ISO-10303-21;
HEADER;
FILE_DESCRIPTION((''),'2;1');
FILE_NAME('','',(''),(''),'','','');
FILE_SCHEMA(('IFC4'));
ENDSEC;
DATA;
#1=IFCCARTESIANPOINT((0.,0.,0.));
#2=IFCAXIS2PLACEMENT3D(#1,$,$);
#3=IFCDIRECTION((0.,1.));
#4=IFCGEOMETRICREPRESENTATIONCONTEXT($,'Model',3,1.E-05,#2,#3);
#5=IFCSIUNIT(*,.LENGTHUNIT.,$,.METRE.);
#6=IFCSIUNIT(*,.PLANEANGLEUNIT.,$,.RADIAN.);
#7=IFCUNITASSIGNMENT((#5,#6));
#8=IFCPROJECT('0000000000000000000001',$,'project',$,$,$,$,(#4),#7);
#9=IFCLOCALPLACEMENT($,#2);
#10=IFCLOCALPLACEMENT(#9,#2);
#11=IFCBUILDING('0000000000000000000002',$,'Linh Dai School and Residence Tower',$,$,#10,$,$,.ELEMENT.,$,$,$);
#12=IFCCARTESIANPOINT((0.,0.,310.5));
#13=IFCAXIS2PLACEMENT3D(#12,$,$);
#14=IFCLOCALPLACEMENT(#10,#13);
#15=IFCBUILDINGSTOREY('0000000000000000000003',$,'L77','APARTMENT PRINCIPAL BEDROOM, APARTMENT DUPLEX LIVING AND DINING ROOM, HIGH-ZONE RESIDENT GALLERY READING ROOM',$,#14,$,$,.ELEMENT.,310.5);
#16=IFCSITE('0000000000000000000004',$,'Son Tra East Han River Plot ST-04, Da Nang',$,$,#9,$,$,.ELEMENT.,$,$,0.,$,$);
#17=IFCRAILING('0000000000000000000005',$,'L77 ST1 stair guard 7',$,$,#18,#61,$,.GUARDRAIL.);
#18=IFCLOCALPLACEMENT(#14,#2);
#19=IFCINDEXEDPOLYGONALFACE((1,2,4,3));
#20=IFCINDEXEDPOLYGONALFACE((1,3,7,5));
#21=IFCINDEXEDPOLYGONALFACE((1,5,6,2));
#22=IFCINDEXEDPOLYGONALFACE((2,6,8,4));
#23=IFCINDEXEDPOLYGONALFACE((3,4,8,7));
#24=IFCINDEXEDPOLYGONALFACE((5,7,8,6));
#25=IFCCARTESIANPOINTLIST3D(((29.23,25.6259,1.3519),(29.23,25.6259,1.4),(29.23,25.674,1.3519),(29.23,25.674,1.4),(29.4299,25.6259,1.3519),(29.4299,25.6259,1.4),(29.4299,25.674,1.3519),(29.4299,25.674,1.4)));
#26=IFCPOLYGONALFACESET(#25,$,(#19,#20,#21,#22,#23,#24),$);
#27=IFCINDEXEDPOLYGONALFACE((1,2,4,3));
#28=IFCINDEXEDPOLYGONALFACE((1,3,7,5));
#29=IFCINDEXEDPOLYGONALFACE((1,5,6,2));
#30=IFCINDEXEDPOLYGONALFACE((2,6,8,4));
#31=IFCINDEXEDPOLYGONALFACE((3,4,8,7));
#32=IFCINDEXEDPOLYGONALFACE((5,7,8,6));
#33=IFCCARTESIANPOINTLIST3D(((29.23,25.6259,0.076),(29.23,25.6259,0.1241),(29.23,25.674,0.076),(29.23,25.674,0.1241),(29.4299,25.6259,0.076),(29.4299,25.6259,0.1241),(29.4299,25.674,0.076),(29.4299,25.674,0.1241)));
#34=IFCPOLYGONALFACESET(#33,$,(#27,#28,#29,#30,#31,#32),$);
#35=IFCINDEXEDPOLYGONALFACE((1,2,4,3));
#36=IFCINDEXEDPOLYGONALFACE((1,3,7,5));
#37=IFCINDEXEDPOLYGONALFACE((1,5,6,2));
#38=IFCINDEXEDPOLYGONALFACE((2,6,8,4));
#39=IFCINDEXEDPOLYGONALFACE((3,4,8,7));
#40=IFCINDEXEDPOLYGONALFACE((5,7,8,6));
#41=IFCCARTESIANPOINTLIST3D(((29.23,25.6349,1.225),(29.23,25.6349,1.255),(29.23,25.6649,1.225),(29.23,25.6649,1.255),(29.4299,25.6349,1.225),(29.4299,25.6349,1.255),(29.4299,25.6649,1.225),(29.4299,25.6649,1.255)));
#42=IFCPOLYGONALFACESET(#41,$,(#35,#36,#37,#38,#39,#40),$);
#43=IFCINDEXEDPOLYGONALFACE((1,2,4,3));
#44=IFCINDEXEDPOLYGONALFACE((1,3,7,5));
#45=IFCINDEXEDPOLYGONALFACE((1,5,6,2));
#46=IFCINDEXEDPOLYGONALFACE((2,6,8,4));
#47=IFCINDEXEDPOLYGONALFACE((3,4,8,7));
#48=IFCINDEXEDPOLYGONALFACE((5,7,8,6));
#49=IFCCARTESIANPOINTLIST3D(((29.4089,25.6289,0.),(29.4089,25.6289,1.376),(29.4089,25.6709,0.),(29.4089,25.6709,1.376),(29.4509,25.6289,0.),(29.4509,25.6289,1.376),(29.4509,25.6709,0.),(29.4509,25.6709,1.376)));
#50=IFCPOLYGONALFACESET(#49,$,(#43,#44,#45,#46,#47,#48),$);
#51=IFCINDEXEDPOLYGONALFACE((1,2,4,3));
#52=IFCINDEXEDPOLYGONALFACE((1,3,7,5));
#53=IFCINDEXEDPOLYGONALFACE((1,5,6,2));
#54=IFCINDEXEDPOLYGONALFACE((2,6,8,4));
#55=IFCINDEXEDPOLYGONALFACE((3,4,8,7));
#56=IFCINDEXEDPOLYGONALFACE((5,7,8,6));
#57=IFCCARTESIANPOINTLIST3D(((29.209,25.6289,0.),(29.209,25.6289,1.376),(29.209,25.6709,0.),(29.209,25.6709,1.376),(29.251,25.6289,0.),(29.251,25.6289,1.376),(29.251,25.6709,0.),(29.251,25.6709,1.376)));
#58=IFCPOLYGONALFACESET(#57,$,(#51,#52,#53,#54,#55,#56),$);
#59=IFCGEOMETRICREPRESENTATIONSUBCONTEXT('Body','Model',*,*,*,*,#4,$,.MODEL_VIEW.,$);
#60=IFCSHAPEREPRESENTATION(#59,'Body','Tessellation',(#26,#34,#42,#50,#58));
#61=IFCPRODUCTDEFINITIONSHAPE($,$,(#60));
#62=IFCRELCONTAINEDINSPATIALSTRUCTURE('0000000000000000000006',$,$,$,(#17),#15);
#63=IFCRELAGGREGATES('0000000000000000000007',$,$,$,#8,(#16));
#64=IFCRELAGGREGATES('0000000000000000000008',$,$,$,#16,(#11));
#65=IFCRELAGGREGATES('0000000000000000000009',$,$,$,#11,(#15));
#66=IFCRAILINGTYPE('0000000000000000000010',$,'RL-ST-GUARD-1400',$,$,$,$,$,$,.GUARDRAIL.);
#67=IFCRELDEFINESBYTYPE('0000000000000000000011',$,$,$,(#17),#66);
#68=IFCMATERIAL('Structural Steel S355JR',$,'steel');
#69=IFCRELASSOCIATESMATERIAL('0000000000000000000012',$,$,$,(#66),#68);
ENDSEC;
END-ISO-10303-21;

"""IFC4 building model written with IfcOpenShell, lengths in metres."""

from ifc_helpers import new_model, si_unit, direction, frame, origin, origin_2d, place, context, subcontext, project, spatial, rectangle, extrude, source, transform, mapped, material, type_object, element, save


model = new_model("IFC4")

# Units and contexts
model_context = context("Model", 3, precision=1e-05, world=origin(), true_north=direction((0.0, 1.0)))
body_context = subcontext(model_context, "Body", "Model", "MODEL_VIEW")
ifc_project = project(units=[si_unit("LENGTHUNIT", "METRE"), si_unit("PLANEANGLEUNIT", "RADIAN")], contexts=[model_context])

# Site, building, storey
site_placement = place(None, origin())
site = spatial("IfcSite", under=ifc_project, at=site_placement, Name="Son Tra East Han River Plot ST-04, Da Nang", CompositionType="ELEMENT", RefElevation=0.0)
building_placement = place(site_placement, origin())
building = spatial("IfcBuilding", under=site, at=building_placement, Name="Linh Dai School and Residence Tower", CompositionType="ELEMENT")
storey_placement = place(building_placement, frame((0.0, 0.0, 310.5)))
storey = spatial("IfcBuildingStorey", under=building, at=storey_placement, Name="L77", Description="APARTMENT PRINCIPAL BEDROOM, APARTMENT DUPLEX LIVING AND DINING ROOM, HIGH-ZONE RESIDENT GALLERY READING ROOM", CompositionType="ELEMENT", Elevation=310.5)

# Shared definitions
ifc_material_1 = material(Name="Structural Steel S355JR", Category="steel")

# Railing
railing_type_1 = type_object("IfcRailingType", Name="RL-ST-GUARD-1400", PredefinedType="GUARDRAIL", material=ifc_material_1)
shared_shape_1 = source(origin(), body_context, "Body", "SweptSolid", [
    extrude(rectangle(XDim=0.0481, YDim=0.0481, at=origin_2d()), frame((0.0, 0.0, 1.376), z_axis=(-1.0, 0.0, 0.0), x_axis=(0.0, -1.0, 0.0)), (0.0, 0.0, 1.0), 0.2),
    extrude(rectangle(XDim=0.0481, YDim=0.0481, at=origin_2d()), frame((0.0, 0.0, 0.1001), z_axis=(-1.0, 0.0, 0.0), x_axis=(0.0, -1.0, 0.0)), (0.0, 0.0, 1.0), 0.2),
    extrude(rectangle(XDim=0.03, YDim=0.03, at=origin_2d()), frame((0.0, 0.0, 1.24), z_axis=(-1.0, 0.0, 0.0), x_axis=(0.0, -1.0, 0.0)), (0.0, 0.0, 1.0), 0.2),
    extrude(rectangle(XDim=0.042, YDim=0.042, at=origin_2d()), origin(), (0.0, 0.0, 1.0), 1.376),
    extrude(rectangle(XDim=0.042, YDim=0.042, at=origin_2d()), frame((-0.2, 0.0, 0.0)), (0.0, 0.0, 1.0), 1.376),
])
railing_1_placement = place(storey_placement, frame((29.4299, 25.6499, 0.0)))
element("IfcRailing", 1, at=railing_1_placement, inside=storey, type_object=railing_type_1, Name="L77 ST1 stair guard 7", PredefinedType="GUARDRAIL", context=body_context, shape_type="MappedRepresentation", body=[
    mapped(shared_shape_1, transform((0.0, 0.0, 0.0), x_axis=(1.0, 0.0, 0.0), y_axis=(0.0, 1.0, 0.0), z_axis=(0.0, 0.0, 1.0), scale=1.0)),
])

save(model, "model.ifc")
